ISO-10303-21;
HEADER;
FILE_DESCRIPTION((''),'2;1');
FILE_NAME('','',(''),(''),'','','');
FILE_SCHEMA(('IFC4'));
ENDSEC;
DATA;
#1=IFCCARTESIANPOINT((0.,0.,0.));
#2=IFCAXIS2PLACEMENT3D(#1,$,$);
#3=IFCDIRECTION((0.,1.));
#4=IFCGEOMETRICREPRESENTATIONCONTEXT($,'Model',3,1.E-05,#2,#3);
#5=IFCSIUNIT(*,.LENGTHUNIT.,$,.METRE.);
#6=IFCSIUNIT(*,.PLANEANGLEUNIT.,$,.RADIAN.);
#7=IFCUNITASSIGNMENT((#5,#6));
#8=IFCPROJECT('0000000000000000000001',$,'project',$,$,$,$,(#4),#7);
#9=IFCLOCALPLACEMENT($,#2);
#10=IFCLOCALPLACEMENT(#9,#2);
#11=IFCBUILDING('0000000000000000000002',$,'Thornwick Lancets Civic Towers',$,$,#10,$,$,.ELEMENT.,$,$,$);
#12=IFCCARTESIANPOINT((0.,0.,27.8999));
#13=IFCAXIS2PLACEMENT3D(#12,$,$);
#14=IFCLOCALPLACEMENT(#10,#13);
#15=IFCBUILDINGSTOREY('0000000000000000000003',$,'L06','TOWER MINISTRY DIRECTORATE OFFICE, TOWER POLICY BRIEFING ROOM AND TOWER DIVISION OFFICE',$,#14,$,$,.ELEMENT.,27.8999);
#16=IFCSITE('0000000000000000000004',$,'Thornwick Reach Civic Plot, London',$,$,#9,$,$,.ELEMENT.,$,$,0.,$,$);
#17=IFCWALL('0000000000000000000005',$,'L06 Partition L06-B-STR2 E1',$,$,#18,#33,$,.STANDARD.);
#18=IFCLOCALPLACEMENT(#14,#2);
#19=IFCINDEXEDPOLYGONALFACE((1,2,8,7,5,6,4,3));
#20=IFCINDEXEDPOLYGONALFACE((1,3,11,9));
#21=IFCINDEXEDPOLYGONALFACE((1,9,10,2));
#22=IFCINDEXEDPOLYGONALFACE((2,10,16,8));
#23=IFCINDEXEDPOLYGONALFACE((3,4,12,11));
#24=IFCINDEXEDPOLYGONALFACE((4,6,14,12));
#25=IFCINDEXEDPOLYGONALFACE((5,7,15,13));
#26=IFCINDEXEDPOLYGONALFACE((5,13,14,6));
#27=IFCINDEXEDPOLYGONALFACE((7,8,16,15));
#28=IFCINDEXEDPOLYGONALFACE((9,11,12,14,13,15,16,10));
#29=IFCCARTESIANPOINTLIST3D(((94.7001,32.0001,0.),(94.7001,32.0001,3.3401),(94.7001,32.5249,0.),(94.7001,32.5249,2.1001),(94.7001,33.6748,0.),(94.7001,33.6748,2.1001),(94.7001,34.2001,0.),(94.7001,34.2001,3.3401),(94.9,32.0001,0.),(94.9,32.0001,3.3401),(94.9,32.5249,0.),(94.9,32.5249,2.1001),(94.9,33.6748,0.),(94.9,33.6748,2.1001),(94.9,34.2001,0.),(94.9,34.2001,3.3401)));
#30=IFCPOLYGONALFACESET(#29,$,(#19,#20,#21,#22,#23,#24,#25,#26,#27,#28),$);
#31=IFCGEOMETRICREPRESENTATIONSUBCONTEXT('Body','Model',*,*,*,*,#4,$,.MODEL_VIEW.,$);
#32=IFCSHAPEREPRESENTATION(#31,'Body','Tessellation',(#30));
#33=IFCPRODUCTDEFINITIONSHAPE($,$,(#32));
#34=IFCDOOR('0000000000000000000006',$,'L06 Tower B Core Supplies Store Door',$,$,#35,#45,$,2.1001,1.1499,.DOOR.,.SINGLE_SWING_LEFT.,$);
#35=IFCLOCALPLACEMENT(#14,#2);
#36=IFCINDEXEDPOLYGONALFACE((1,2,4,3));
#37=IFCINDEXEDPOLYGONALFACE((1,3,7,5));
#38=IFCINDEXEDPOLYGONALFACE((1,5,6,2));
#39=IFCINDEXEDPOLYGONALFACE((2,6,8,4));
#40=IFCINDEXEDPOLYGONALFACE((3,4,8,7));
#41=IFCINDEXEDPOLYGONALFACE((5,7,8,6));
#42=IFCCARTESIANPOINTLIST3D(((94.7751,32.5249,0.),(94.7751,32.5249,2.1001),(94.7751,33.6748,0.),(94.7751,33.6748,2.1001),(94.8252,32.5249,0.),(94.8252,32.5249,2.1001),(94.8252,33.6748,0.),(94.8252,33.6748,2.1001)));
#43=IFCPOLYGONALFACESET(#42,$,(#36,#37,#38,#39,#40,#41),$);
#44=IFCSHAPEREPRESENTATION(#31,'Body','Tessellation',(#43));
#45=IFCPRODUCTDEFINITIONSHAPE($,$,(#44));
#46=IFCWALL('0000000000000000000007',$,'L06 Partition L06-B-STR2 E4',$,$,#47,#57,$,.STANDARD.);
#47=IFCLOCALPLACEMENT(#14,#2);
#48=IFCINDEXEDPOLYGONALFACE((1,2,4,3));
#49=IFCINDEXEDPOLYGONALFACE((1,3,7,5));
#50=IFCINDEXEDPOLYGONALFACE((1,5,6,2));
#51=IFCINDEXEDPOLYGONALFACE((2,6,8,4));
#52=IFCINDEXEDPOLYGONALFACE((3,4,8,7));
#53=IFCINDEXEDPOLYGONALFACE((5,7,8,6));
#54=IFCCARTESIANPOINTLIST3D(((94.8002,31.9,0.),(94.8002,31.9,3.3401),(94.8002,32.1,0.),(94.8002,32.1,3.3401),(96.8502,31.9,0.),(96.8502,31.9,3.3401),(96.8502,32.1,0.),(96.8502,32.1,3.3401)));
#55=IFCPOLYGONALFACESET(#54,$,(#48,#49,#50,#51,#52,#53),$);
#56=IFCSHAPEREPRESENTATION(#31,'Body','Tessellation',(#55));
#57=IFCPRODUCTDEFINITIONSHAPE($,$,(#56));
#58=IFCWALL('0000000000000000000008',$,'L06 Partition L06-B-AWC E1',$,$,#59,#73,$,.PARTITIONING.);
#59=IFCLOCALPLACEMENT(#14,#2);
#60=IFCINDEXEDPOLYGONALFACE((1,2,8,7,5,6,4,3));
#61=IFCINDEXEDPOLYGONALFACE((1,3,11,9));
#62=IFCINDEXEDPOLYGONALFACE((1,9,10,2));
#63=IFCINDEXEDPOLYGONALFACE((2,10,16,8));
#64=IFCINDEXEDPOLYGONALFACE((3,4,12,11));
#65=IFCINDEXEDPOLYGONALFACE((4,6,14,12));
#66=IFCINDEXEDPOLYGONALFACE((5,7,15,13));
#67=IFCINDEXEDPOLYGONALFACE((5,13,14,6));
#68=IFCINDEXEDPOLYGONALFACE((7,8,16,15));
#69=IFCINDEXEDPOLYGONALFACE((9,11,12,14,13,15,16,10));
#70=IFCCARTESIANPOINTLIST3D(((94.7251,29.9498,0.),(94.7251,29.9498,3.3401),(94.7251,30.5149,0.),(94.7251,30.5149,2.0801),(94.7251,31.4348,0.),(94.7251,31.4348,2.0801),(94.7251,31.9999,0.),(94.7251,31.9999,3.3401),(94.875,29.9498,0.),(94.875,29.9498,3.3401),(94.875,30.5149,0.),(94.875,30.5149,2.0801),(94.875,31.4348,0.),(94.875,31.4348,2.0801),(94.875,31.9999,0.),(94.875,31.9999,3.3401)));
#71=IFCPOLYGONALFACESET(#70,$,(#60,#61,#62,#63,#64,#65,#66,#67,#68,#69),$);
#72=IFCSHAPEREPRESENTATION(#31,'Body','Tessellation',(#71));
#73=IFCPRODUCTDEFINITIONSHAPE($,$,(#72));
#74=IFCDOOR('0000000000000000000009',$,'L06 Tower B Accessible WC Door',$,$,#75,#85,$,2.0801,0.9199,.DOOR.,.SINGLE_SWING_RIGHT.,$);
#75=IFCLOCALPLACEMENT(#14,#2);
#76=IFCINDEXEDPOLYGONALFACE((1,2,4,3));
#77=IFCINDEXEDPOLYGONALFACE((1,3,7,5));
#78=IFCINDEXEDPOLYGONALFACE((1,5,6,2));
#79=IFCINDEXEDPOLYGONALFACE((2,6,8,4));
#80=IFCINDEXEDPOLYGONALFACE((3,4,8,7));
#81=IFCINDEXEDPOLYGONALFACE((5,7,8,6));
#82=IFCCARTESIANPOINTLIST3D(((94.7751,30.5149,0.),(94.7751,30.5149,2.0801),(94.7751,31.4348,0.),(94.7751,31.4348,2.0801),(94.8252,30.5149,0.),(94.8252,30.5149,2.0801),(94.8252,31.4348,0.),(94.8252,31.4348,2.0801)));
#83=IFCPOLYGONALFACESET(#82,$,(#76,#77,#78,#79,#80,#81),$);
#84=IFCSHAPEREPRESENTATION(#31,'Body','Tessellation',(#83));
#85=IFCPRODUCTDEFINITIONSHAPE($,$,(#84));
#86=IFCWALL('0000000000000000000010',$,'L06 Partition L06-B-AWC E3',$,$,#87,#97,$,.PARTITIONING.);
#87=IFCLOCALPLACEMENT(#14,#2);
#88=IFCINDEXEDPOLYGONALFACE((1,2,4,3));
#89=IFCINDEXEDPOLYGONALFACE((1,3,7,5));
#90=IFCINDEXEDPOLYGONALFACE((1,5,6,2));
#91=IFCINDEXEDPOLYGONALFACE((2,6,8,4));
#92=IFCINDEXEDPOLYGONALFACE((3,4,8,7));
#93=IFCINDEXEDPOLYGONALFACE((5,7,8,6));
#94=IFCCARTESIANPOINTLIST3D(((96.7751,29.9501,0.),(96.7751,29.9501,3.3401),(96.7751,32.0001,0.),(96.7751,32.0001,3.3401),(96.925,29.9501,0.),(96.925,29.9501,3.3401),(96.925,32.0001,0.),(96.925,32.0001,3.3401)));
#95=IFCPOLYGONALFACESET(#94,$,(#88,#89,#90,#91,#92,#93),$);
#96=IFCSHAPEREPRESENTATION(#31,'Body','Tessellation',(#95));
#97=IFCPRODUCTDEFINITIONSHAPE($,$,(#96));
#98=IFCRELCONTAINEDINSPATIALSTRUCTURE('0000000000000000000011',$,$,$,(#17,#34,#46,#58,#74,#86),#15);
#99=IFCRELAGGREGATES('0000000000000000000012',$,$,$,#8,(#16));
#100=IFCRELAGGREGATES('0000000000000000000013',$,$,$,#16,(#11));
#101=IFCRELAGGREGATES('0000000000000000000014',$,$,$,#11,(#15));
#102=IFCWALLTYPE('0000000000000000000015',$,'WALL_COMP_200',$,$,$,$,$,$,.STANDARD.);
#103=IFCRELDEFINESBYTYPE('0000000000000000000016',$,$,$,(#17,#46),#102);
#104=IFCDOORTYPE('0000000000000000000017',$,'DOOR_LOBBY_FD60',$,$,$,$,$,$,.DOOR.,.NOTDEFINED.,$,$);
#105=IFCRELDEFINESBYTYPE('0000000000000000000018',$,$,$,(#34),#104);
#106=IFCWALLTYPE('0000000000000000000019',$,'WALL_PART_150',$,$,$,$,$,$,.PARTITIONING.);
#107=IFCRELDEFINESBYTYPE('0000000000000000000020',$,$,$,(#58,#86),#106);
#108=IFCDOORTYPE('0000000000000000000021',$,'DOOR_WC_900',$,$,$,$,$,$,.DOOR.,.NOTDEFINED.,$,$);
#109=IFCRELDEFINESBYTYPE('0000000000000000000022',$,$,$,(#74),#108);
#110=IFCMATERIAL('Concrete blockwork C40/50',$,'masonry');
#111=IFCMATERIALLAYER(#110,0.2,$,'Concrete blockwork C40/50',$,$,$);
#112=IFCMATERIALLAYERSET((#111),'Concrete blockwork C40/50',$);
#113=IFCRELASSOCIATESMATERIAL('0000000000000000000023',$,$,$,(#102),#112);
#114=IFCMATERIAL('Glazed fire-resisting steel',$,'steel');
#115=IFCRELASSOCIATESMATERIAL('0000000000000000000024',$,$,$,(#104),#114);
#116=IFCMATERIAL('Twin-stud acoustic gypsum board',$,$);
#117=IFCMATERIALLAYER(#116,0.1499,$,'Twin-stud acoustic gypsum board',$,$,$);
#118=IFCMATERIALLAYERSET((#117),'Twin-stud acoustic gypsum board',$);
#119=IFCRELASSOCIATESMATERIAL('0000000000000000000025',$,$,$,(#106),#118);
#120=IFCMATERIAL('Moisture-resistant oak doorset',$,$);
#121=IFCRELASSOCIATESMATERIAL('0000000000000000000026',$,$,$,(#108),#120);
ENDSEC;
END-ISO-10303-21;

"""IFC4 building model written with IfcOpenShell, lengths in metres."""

from ifc_helpers import new_model, si_unit, direction, frame, frame_2d, origin, place, context, subcontext, project, spatial, rectangle, extrude, material, layer, layer_set, type_object, element, fill, save


model = new_model("IFC4")

# Units and contexts
model_context = context("Model", 3, precision=1e-05, world=origin(), true_north=direction((0.0, 1.0)))
body_context = subcontext(model_context, "Body", "Model", "MODEL_VIEW")
ifc_project = project(units=[si_unit("LENGTHUNIT", "METRE"), si_unit("PLANEANGLEUNIT", "RADIAN")], contexts=[model_context])

# Site, building, storey
site_placement = place(None, origin())
site = spatial("IfcSite", under=ifc_project, at=site_placement, Name="Thornwick Reach Civic Plot, London", CompositionType="ELEMENT", RefElevation=0.0)
building_placement = place(site_placement, origin())
building = spatial("IfcBuilding", under=site, at=building_placement, Name="Thornwick Lancets Civic Towers", CompositionType="ELEMENT")
storey_placement = place(building_placement, frame((0.0, 0.0, 27.8999)))
storey = spatial("IfcBuildingStorey", under=building, at=storey_placement, Name="L06", Description="TOWER MINISTRY DIRECTORATE OFFICE, TOWER POLICY BRIEFING ROOM AND TOWER DIVISION OFFICE", CompositionType="ELEMENT", Elevation=27.8999)

# Shared definitions
ifc_material_1 = material(Name="Concrete blockwork C40/50", Category="masonry")
ifc_layer_1 = layer(ifc_material_1, 0.2, Name="Concrete blockwork C40/50")
ifc_layer_set_1 = layer_set([ifc_layer_1], Name="Concrete blockwork C40/50")
wall_type_1 = type_object("IfcWallType", Name="WALL_COMP_200", PredefinedType="STANDARD", material=ifc_layer_set_1)

# Wall, opening, door
wall_1_placement = place(storey_placement, frame((94.8, 32.0, 0.0), z_axis=(0.0, 0.0, 1.0), x_axis=(0.0, 1.0, 0.0)))
wall_1 = element("IfcWall", 1, at=wall_1_placement, inside=storey, type_object=wall_type_1, Name="L06 Partition L06-B-STR2 E1", PredefinedType="STANDARD", context=body_context, shape_type="SweptSolid", body=[
    extrude(rectangle(XDim=2.2, YDim=0.2, at=frame_2d((1.1001, 0.0))), origin(), (0.0, 0.0, 1.0), 3.3401),
])
opening_1_placement = place(wall_1_placement, frame((0.5249, 0.0, 0.0)))
opening_1 = element("IfcOpeningElement", 2, at=opening_1_placement, cuts=wall_1, PredefinedType="OPENING", context=body_context, shape_type="SweptSolid", body=[
    extrude(rectangle(XDim=1.1499, YDim=2.1001, at=frame_2d((0.575, 1.05))), frame((0.0, 0.1099, 0.0), z_axis=(0.0, -1.0, 0.0), x_axis=(1.0, 0.0, 0.0)), (0.0, 0.0, 1.0), 0.22),
])
ifc_material_2 = material(Name="Glazed fire-resisting steel", Category="steel")
door_type_1 = type_object("IfcDoorType", Name="DOOR_LOBBY_FD60", OperationType="NOTDEFINED", PredefinedType="DOOR", material=ifc_material_2)
door_1_placement = place(opening_1_placement, origin())
door_1 = element("IfcDoor", 3, at=door_1_placement, inside=storey, type_object=door_type_1, Name="L06 Tower B Core Supplies Store Door", OperationType="SINGLE_SWING_LEFT", OverallHeight=2.1001, OverallWidth=1.1499, PredefinedType="DOOR", context=body_context, shape_type="SweptSolid", body=[
    extrude(rectangle(XDim=1.1499, YDim=2.1001, at=frame_2d((0.575, 1.05))), frame((0.0, 0.0249, 0.0), z_axis=(0.0, -1.0, 0.0), x_axis=(1.0, 0.0, 0.0)), (0.0, 0.0, 1.0), 0.05),
])
fill(opening_1, door_1)

# Wall
wall_2_placement = place(storey_placement, frame((96.8501, 32.0, 0.0), z_axis=(0.0, 0.0, 1.0), x_axis=(-1.0, 0.0, 0.0)))
element("IfcWall", 4, at=wall_2_placement, inside=storey, type_object=wall_type_1, Name="L06 Partition L06-B-STR2 E4", PredefinedType="STANDARD", context=body_context, shape_type="SweptSolid", body=[
    extrude(rectangle(XDim=2.05, YDim=0.2, at=frame_2d((1.0249, 0.0))), origin(), (0.0, 0.0, 1.0), 3.3401),
])

# Wall, opening, door
ifc_material_3 = material(Name="Twin-stud acoustic gypsum board")
ifc_layer_2 = layer(ifc_material_3, 0.1499, Name="Twin-stud acoustic gypsum board")
ifc_layer_set_2 = layer_set([ifc_layer_2], Name="Twin-stud acoustic gypsum board")
wall_type_2 = type_object("IfcWallType", Name="WALL_PART_150", PredefinedType="PARTITIONING", material=ifc_layer_set_2)
wall_3_placement = place(storey_placement, frame((94.8, 29.95, 0.0), z_axis=(0.0, 0.0, 1.0), x_axis=(0.0, 1.0, 0.0)))
wall_3 = element("IfcWall", 5, at=wall_3_placement, inside=storey, type_object=wall_type_2, Name="L06 Partition L06-B-AWC E1", PredefinedType="PARTITIONING", context=body_context, shape_type="SweptSolid", body=[
    extrude(rectangle(XDim=2.05, YDim=0.1499, at=frame_2d((1.0249, 0.0))), origin(), (0.0, 0.0, 1.0), 3.3401),
])
opening_2_placement = place(wall_3_placement, frame((0.5649, 0.0, 0.0)))
opening_2 = element("IfcOpeningElement", 6, at=opening_2_placement, cuts=wall_3, PredefinedType="OPENING", context=body_context, shape_type="SweptSolid", body=[
    extrude(rectangle(XDim=0.9199, YDim=2.0801, at=frame_2d((0.46, 1.04))), frame((0.0, 0.085, 0.0), z_axis=(0.0, -1.0, 0.0), x_axis=(1.0, 0.0, 0.0)), (0.0, 0.0, 1.0), 0.1699),
])
ifc_material_4 = material(Name="Moisture-resistant oak doorset")
door_type_2 = type_object("IfcDoorType", Name="DOOR_WC_900", OperationType="NOTDEFINED", PredefinedType="DOOR", material=ifc_material_4)
door_2_placement = place(opening_2_placement, origin())
door_2 = element("IfcDoor", 7, at=door_2_placement, inside=storey, type_object=door_type_2, Name="L06 Tower B Accessible WC Door", OperationType="SINGLE_SWING_RIGHT", OverallHeight=2.0801, OverallWidth=0.9199, PredefinedType="DOOR", context=body_context, shape_type="SweptSolid", body=[
    extrude(rectangle(XDim=0.9199, YDim=2.0801, at=frame_2d((0.46, 1.04))), frame((0.0, 0.0249, 0.0), z_axis=(0.0, -1.0, 0.0), x_axis=(1.0, 0.0, 0.0)), (0.0, 0.0, 1.0), 0.05),
])
fill(opening_2, door_2)

# Wall
wall_4_placement = place(storey_placement, frame((96.8501, 32.0, 0.0), z_axis=(0.0, 0.0, 1.0), x_axis=(0.0, -1.0, 0.0)))
element("IfcWall", 8, at=wall_4_placement, inside=storey, type_object=wall_type_2, Name="L06 Partition L06-B-AWC E3", PredefinedType="PARTITIONING", context=body_context, shape_type="SweptSolid", body=[
    extrude(rectangle(XDim=2.05, YDim=0.1499, at=frame_2d((1.0249, 0.0))), origin(), (0.0, 0.0, 1.0), 3.3401),
])

save(model, "model.ifc")
